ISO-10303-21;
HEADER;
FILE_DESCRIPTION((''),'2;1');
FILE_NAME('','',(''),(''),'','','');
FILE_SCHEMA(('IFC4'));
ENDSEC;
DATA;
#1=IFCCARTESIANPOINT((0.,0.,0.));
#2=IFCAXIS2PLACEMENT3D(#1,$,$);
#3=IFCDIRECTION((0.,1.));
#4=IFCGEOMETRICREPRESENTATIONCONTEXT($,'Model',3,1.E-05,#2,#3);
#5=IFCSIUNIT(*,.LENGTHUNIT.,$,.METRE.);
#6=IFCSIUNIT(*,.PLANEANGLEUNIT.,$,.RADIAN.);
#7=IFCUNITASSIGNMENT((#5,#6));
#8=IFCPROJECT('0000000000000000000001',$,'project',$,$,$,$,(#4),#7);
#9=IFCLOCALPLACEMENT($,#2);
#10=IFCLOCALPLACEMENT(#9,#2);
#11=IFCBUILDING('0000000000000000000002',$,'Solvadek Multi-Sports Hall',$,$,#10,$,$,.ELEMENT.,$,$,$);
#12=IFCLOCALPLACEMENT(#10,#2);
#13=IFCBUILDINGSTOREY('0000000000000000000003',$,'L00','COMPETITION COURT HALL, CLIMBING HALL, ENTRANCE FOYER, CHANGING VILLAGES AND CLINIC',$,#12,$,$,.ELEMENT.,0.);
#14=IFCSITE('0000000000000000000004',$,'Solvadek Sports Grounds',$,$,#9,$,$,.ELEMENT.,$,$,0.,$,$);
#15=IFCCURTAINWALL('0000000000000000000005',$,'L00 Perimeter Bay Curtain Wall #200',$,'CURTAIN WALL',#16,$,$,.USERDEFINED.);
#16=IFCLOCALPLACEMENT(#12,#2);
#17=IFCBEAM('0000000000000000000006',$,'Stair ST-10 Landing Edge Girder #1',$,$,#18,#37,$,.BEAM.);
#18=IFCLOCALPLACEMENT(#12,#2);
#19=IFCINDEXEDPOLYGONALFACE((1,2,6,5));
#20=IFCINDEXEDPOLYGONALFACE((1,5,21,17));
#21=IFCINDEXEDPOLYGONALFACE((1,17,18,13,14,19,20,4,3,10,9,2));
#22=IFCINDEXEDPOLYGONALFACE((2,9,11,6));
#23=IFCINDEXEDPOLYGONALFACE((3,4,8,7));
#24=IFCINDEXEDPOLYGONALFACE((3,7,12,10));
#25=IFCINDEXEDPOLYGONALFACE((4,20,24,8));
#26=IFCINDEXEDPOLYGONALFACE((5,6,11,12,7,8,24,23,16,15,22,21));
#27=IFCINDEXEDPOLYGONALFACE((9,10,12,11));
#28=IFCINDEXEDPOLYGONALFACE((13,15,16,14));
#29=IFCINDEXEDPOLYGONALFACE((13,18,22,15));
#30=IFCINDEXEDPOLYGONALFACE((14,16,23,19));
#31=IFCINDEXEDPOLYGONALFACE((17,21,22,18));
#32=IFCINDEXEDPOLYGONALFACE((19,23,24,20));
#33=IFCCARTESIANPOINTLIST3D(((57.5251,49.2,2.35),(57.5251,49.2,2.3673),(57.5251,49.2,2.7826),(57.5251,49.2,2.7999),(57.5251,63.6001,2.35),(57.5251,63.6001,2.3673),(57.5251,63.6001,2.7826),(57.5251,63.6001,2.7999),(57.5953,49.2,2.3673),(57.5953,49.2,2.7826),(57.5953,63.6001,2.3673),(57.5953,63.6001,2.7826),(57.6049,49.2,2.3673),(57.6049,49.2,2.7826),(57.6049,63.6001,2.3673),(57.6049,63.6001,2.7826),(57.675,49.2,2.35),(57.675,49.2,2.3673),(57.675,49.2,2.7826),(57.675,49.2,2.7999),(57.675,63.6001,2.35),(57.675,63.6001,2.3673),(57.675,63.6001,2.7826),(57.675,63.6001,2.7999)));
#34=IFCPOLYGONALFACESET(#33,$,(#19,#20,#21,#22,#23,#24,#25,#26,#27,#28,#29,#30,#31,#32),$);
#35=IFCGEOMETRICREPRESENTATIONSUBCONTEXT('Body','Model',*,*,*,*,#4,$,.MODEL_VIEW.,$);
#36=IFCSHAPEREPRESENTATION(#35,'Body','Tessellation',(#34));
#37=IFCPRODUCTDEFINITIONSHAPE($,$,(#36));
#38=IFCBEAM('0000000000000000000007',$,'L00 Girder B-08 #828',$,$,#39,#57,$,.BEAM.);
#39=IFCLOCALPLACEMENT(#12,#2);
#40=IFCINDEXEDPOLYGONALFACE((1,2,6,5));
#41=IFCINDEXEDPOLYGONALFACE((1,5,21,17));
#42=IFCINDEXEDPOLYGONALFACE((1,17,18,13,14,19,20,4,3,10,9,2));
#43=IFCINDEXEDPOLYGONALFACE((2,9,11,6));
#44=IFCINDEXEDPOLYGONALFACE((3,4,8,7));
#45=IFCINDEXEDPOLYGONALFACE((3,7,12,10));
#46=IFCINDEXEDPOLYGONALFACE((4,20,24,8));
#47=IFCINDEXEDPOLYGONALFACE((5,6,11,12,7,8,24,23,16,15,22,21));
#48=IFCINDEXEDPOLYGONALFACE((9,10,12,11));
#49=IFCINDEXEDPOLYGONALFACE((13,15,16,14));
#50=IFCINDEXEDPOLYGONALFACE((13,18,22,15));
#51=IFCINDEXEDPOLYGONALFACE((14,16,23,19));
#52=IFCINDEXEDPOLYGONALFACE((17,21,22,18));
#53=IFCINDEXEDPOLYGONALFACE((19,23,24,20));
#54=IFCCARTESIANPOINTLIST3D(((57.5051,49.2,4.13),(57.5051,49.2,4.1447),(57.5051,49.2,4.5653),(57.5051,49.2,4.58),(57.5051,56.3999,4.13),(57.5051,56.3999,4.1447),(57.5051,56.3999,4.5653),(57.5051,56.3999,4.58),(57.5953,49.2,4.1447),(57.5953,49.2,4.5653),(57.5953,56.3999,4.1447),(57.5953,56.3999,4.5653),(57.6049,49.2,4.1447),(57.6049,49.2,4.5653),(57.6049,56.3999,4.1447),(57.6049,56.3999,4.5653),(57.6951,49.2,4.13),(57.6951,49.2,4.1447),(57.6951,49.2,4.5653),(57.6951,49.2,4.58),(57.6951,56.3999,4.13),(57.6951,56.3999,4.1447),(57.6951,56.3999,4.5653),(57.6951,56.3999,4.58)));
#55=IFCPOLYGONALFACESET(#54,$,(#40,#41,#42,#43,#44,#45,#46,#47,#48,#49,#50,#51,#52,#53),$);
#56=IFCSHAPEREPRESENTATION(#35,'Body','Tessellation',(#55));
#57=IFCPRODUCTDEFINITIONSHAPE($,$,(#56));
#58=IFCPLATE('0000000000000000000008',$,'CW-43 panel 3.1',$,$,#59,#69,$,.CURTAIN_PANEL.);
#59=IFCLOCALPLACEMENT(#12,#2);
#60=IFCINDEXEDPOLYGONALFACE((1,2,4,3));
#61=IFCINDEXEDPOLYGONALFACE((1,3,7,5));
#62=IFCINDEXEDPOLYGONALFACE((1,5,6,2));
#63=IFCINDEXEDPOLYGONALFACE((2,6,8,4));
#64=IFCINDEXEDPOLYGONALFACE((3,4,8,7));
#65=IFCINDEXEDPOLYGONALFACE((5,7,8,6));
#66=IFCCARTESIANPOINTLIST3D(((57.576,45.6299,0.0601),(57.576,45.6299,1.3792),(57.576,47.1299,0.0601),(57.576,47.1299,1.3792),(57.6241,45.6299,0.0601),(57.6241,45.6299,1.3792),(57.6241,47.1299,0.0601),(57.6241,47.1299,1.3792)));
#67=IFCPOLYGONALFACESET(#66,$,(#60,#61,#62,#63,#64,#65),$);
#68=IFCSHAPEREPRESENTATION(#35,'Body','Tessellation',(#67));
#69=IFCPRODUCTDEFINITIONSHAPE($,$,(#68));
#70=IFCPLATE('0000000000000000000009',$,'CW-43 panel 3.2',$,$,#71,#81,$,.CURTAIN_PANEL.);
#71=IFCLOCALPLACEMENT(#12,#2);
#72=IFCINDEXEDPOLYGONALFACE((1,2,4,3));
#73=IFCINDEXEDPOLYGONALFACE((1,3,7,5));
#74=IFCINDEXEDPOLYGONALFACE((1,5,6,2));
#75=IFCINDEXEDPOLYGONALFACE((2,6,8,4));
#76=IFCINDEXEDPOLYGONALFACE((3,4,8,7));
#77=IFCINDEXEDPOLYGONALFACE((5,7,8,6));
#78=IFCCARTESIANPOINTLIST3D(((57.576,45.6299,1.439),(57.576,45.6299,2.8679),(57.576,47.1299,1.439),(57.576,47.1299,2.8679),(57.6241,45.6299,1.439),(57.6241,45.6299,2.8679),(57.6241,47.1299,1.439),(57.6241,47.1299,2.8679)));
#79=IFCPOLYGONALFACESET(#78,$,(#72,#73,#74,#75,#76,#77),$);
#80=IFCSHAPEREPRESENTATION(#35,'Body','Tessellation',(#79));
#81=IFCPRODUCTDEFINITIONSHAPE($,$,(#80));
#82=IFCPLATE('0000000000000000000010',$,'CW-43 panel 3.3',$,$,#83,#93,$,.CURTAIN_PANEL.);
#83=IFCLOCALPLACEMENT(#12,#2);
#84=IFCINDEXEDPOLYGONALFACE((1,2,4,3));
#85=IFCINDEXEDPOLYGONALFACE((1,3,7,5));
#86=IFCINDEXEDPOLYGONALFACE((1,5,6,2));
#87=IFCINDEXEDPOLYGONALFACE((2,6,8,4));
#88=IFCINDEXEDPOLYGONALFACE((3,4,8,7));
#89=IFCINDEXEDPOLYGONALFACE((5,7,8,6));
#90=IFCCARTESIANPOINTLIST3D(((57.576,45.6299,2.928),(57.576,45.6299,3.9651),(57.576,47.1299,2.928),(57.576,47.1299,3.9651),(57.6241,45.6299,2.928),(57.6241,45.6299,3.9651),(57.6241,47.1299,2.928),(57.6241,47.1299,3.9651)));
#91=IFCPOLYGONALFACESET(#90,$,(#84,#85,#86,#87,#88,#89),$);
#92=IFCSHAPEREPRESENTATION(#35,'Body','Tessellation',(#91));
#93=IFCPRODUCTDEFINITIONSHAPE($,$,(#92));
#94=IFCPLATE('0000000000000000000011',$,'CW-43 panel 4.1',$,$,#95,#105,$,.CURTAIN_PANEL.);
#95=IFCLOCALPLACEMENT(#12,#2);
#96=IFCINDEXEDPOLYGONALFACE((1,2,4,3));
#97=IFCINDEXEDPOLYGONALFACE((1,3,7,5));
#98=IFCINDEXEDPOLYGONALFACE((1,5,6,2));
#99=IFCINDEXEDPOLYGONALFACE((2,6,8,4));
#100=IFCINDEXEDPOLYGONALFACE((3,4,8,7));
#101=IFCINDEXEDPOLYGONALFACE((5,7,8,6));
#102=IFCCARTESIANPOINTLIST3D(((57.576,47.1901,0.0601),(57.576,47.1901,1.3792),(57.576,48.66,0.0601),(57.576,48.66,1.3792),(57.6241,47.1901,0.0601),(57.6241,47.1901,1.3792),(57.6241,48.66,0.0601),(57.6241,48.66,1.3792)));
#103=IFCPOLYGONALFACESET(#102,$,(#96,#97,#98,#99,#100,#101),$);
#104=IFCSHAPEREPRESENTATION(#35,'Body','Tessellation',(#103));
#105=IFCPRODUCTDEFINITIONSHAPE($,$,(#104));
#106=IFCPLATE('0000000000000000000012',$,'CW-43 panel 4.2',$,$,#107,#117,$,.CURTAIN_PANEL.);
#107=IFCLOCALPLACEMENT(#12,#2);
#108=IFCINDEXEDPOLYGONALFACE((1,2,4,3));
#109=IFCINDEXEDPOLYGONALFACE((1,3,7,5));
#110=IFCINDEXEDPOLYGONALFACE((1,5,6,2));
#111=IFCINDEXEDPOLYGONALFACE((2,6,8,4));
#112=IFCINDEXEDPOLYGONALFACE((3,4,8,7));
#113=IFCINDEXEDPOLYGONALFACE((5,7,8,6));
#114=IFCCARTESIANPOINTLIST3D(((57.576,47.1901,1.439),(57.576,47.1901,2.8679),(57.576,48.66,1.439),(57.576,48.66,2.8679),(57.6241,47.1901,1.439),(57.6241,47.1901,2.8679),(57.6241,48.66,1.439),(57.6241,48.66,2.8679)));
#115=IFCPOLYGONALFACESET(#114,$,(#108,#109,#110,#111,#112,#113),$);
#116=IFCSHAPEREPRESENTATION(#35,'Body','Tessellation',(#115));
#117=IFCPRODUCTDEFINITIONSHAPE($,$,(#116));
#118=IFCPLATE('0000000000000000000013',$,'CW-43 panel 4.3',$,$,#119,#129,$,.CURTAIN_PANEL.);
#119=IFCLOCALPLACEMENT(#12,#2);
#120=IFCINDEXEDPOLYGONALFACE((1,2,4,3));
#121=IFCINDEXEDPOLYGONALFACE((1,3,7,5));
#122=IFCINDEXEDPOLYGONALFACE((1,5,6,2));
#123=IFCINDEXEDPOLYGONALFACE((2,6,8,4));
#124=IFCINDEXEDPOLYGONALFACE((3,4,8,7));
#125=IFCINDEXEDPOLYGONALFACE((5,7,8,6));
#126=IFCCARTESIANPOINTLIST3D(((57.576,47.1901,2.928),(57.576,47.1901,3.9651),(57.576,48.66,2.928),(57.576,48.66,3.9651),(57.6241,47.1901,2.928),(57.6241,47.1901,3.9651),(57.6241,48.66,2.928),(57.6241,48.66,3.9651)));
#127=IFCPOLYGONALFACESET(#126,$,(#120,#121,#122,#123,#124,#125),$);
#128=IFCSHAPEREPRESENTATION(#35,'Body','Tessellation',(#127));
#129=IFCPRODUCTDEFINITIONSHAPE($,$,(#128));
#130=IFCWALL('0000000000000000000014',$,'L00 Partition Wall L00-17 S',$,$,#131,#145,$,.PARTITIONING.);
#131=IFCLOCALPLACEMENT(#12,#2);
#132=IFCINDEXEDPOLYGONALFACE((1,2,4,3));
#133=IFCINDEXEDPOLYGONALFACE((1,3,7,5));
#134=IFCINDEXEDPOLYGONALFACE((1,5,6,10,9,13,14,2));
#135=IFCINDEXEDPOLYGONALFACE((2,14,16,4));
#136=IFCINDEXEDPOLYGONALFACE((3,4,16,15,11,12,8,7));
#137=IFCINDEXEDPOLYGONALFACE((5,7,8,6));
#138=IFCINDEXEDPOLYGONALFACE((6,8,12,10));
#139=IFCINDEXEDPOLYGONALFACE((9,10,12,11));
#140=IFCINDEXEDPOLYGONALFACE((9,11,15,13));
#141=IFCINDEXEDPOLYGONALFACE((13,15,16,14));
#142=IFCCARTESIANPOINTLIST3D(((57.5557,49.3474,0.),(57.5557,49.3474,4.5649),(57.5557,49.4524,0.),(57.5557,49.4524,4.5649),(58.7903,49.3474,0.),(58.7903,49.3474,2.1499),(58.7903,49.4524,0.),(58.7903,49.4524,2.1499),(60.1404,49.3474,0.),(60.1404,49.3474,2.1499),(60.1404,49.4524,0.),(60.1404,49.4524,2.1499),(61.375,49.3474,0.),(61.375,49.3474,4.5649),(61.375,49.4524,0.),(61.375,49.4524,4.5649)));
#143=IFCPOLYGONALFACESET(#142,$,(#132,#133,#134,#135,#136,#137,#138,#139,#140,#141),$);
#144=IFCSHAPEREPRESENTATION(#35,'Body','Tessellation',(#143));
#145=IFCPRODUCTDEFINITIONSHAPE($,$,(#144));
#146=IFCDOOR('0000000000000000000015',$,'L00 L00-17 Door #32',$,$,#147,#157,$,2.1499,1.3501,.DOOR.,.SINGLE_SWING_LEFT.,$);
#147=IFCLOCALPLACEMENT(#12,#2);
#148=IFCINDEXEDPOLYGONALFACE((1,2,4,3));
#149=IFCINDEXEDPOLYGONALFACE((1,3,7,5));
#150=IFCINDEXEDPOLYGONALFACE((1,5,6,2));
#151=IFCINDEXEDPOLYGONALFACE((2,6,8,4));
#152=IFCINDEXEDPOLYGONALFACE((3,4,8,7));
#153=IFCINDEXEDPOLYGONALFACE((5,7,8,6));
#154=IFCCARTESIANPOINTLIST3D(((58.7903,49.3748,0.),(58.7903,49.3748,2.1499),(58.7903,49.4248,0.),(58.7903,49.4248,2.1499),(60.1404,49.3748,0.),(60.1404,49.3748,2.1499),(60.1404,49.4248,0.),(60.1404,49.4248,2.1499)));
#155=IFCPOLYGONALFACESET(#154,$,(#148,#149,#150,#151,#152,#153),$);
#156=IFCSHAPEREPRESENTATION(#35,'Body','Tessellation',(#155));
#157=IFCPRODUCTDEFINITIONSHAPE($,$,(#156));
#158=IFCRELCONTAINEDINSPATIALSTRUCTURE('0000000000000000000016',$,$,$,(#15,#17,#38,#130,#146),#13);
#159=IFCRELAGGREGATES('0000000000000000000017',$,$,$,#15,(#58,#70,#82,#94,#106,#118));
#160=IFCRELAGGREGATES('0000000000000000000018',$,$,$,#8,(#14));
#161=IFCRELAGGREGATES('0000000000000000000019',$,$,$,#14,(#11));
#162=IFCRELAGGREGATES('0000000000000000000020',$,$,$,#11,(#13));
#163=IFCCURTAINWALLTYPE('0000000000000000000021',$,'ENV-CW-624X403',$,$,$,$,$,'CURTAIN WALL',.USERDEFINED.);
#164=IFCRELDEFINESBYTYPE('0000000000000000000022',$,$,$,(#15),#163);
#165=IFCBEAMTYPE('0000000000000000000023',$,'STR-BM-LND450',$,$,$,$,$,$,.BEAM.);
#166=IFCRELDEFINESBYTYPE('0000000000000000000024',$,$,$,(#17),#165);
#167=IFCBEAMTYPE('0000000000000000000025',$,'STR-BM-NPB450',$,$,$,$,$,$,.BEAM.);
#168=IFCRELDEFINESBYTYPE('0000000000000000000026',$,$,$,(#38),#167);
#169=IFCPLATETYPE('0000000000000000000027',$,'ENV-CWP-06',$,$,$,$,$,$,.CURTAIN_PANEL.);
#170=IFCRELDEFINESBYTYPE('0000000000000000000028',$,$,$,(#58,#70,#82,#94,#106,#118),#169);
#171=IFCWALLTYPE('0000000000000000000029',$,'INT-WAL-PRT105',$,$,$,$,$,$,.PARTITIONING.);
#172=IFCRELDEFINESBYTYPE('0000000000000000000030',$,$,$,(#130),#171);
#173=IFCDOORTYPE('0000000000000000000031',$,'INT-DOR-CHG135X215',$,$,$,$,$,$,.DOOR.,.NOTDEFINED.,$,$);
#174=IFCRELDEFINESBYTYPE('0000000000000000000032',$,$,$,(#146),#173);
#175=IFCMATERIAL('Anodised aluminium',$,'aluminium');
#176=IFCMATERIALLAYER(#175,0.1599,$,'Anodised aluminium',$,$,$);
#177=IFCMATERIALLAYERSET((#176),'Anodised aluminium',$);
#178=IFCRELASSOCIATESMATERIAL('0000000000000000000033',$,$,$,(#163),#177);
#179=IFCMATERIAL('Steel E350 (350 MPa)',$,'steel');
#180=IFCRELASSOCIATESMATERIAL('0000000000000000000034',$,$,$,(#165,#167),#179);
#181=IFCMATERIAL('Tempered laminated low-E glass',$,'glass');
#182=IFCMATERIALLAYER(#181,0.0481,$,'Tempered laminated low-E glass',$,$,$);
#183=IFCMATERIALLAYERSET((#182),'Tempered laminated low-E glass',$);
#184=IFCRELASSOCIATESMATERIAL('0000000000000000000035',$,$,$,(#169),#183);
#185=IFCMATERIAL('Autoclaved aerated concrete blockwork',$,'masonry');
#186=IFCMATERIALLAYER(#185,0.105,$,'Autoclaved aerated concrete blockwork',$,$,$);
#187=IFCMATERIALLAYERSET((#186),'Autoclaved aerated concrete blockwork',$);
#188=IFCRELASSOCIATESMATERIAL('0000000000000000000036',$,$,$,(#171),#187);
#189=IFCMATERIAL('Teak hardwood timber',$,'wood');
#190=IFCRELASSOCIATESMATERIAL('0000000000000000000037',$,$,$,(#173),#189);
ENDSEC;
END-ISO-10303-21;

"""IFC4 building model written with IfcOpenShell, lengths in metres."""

from ifc_helpers import new_model, si_unit, direction, frame, frame_2d, origin, origin_2d, place, context, subcontext, project, spatial, rectangle, i_section, extrude, material, layer, layer_set, material_profile, profile_set, type_object, element, fill, aggregate, save


model = new_model("IFC4")

# Units and contexts
model_context = context("Model", 3, precision=1e-05, world=origin(), true_north=direction((0.0, 1.0)))
body_context = subcontext(model_context, "Body", "Model", "MODEL_VIEW")
ifc_project = project(units=[si_unit("LENGTHUNIT", "METRE"), si_unit("PLANEANGLEUNIT", "RADIAN")], contexts=[model_context])

# Site, building, storey
site_placement = place(None, origin())
site = spatial("IfcSite", under=ifc_project, at=site_placement, Name="Solvadek Sports Grounds", CompositionType="ELEMENT", RefElevation=0.0)
building_placement = place(site_placement, origin())
building = spatial("IfcBuilding", under=site, at=building_placement, Name="Solvadek Multi-Sports Hall", CompositionType="ELEMENT")
storey_placement = place(building_placement, origin())
storey = spatial("IfcBuildingStorey", under=building, at=storey_placement, Name="L00", Description="COMPETITION COURT HALL, CLIMBING HALL, ENTRANCE FOYER, CHANGING VILLAGES AND CLINIC", CompositionType="ELEMENT", Elevation=0.0)

# Shared definitions
ifc_material_1 = material(Name="Steel E350 (350 MPa)", Category="steel")

# Shared definitions
ifc_material_2 = material(Name="Anodised aluminium", Category="aluminium")
ifc_layer_1 = layer(ifc_material_2, 0.1599, Name="Anodised aluminium")
ifc_layer_set_1 = layer_set([ifc_layer_1], Name="Anodised aluminium")
curtain_wall_type = type_object("IfcCurtainWallType", Name="ENV-CW-624X403", ElementType="CURTAIN WALL", PredefinedType="USERDEFINED", material=ifc_layer_set_1)

# Curtain wall
curtain_wall_1_placement = place(storey_placement, origin())
curtain_wall_1 = element("IfcCurtainWall", 1, at=curtain_wall_1_placement, inside=storey, type_object=curtain_wall_type, Name="L00 Perimeter Bay Curtain Wall #200", ObjectType="CURTAIN WALL", PredefinedType="USERDEFINED")

# Beams
ifc_material_profile_1 = material_profile(ifc_material_1, i_section(OverallWidth=0.1499, OverallDepth=0.45, WebThickness=0.0095, FlangeThickness=0.0173, at=origin_2d()), Name="ISMB 450")
ifc_profile_set_1 = profile_set([ifc_material_profile_1], Name="Steel E350 (350 MPa)")
beam_type_1 = type_object("IfcBeamType", Name="STR-BM-LND450", PredefinedType="BEAM", material=ifc_profile_set_1)
beam_1_placement = place(storey_placement, frame((57.6001, 49.2, 2.575), z_axis=(0.0, 1.0, 0.0), x_axis=(-1.0, 0.0, 0.0)))
element("IfcBeam", 2, at=beam_1_placement, inside=storey, type_object=beam_type_1, Name="Stair ST-10 Landing Edge Girder #1", PredefinedType="BEAM", context=body_context, shape_type="SweptSolid", body=[
    extrude(i_section(OverallWidth=0.1499, OverallDepth=0.45, WebThickness=0.0095, FlangeThickness=0.0173, at=origin_2d()), origin(), (0.0, 0.0, 1.0), 14.4001),
])
ifc_material_profile_2 = material_profile(ifc_material_1, i_section(OverallWidth=0.1899, OverallDepth=0.45, WebThickness=0.0095, FlangeThickness=0.0146, at=origin_2d()), Name="NPB 450")
ifc_profile_set_2 = profile_set([ifc_material_profile_2], Name="Steel E350 (350 MPa)")
beam_type_2 = type_object("IfcBeamType", Name="STR-BM-NPB450", PredefinedType="BEAM", material=ifc_profile_set_2)
beam_2_placement = place(storey_placement, frame((57.6001, 49.2, 4.355), z_axis=(0.0, 1.0, 0.0), x_axis=(-1.0, 0.0, 0.0)))
element("IfcBeam", 3, at=beam_2_placement, inside=storey, type_object=beam_type_2, Name="L00 Girder B-08 #828", PredefinedType="BEAM", context=body_context, shape_type="SweptSolid", body=[
    extrude(i_section(OverallWidth=0.1899, OverallDepth=0.45, WebThickness=0.0095, FlangeThickness=0.0146, at=origin_2d()), origin(), (0.0, 0.0, 1.0), 7.2),
])

# Plates
ifc_material_3 = material(Name="Tempered laminated low-E glass", Category="glass")
ifc_layer_2 = layer(ifc_material_3, 0.0481, Name="Tempered laminated low-E glass")
ifc_layer_set_2 = layer_set([ifc_layer_2], Name="Tempered laminated low-E glass")
plate_type = type_object("IfcPlateType", Name="ENV-CWP-06", PredefinedType="CURTAIN_PANEL", material=ifc_layer_set_2)
plate_1_placement = place(storey_placement, frame((57.6001, 46.3799, 0.0601), z_axis=(0.0, 0.0, 1.0), x_axis=(0.0, 1.0, 0.0)))
plate_1 = element("IfcPlate", 4, at=plate_1_placement, type_object=plate_type, Name="CW-43 panel 3.1", PredefinedType="CURTAIN_PANEL", context=body_context, shape_type="SweptSolid", body=[
    extrude(rectangle(XDim=1.5, YDim=0.0481, at=origin_2d()), origin(), (0.0, 0.0, 1.0), 1.3191),
])
plate_2_placement = place(storey_placement, frame((57.6001, 46.3799, 1.439), z_axis=(0.0, 0.0, 1.0), x_axis=(0.0, 1.0, 0.0)))
plate_2 = element("IfcPlate", 5, at=plate_2_placement, type_object=plate_type, Name="CW-43 panel 3.2", PredefinedType="CURTAIN_PANEL", context=body_context, shape_type="SweptSolid", body=[
    extrude(rectangle(XDim=1.5, YDim=0.0481, at=origin_2d()), origin(), (0.0, 0.0, 1.0), 1.429),
])
plate_3_placement = place(storey_placement, frame((57.6001, 46.3799, 2.928), z_axis=(0.0, 0.0, 1.0), x_axis=(0.0, 1.0, 0.0)))
plate_3 = element("IfcPlate", 6, at=plate_3_placement, type_object=plate_type, Name="CW-43 panel 3.3", PredefinedType="CURTAIN_PANEL", context=body_context, shape_type="SweptSolid", body=[
    extrude(rectangle(XDim=1.5, YDim=0.0481, at=origin_2d()), origin(), (0.0, 0.0, 1.0), 1.0371),
])
plate_4_placement = place(storey_placement, frame((57.6001, 47.925, 0.0601), z_axis=(0.0, 0.0, 1.0), x_axis=(0.0, 1.0, 0.0)))
plate_4 = element("IfcPlate", 7, at=plate_4_placement, type_object=plate_type, Name="CW-43 panel 4.1", PredefinedType="CURTAIN_PANEL", context=body_context, shape_type="SweptSolid", body=[
    extrude(rectangle(XDim=1.47, YDim=0.0481, at=origin_2d()), origin(), (0.0, 0.0, 1.0), 1.3191),
])
plate_5_placement = place(storey_placement, frame((57.6001, 47.925, 1.439), z_axis=(0.0, 0.0, 1.0), x_axis=(0.0, 1.0, 0.0)))
plate_5 = element("IfcPlate", 8, at=plate_5_placement, type_object=plate_type, Name="CW-43 panel 4.2", PredefinedType="CURTAIN_PANEL", context=body_context, shape_type="SweptSolid", body=[
    extrude(rectangle(XDim=1.47, YDim=0.0481, at=origin_2d()), origin(), (0.0, 0.0, 1.0), 1.429),
])
plate_6_placement = place(storey_placement, frame((57.6001, 47.925, 2.928), z_axis=(0.0, 0.0, 1.0), x_axis=(0.0, 1.0, 0.0)))
plate_6 = element("IfcPlate", 9, at=plate_6_placement, type_object=plate_type, Name="CW-43 panel 4.3", PredefinedType="CURTAIN_PANEL", context=body_context, shape_type="SweptSolid", body=[
    extrude(rectangle(XDim=1.47, YDim=0.0481, at=origin_2d()), origin(), (0.0, 0.0, 1.0), 1.0371),
])
aggregate(curtain_wall_1, [plate_1, plate_2, plate_3, plate_4, plate_5, plate_6])

# Wall, opening, door
ifc_material_4 = material(Name="Autoclaved aerated concrete blockwork", Category="masonry")
ifc_layer_3 = layer(ifc_material_4, 0.105, Name="Autoclaved aerated concrete blockwork")
ifc_layer_set_3 = layer_set([ifc_layer_3], Name="Autoclaved aerated concrete blockwork")
wall_type = type_object("IfcWallType", Name="INT-WAL-PRT105", PredefinedType="PARTITIONING", material=ifc_layer_set_3)
wall_placement = place(storey_placement, frame((57.5557, 49.3999, 0.0), z_axis=(0.0, 0.0, 1.0), x_axis=(1.0, 0.0, 0.0)))
wall = element("IfcWall", 10, at=wall_placement, inside=storey, type_object=wall_type, Name="L00 Partition Wall L00-17 S", PredefinedType="PARTITIONING", context=body_context, shape_type="SweptSolid", body=[
    extrude(rectangle(XDim=3.8193, YDim=0.105, at=frame_2d((1.9097, 0.0))), origin(), (0.0, 0.0, 1.0), 4.5649),
])
opening_placement = place(wall_placement, frame((1.2346, 0.0, 0.0)))
opening = element("IfcOpeningElement", 11, at=opening_placement, cuts=wall, PredefinedType="OPENING", context=body_context, shape_type="SweptSolid", body=[
    extrude(rectangle(XDim=1.3501, YDim=2.1499, at=frame_2d((0.675, 1.075))), frame((0.0, 0.0625, 0.0), z_axis=(0.0, -1.0, 0.0), x_axis=(1.0, 0.0, 0.0)), (0.0, 0.0, 1.0), 0.125),
])
ifc_material_5 = material(Name="Teak hardwood timber", Category="wood")
door_type = type_object("IfcDoorType", Name="INT-DOR-CHG135X215", OperationType="NOTDEFINED", PredefinedType="DOOR", material=ifc_material_5)
door_placement = place(opening_placement, origin())
door = element("IfcDoor", 12, at=door_placement, inside=storey, type_object=door_type, Name="L00 L00-17 Door #32", OperationType="SINGLE_SWING_LEFT", OverallHeight=2.1499, OverallWidth=1.3501, PredefinedType="DOOR", context=body_context, shape_type="SweptSolid", body=[
    extrude(rectangle(XDim=1.3501, YDim=2.1499, at=frame_2d((0.675, 1.075))), frame((0.0, 0.0249, 0.0), z_axis=(0.0, -1.0, 0.0), x_axis=(1.0, 0.0, 0.0)), (0.0, 0.0, 1.0), 0.05),
])
fill(opening, door)

save(model, "model.ifc")
